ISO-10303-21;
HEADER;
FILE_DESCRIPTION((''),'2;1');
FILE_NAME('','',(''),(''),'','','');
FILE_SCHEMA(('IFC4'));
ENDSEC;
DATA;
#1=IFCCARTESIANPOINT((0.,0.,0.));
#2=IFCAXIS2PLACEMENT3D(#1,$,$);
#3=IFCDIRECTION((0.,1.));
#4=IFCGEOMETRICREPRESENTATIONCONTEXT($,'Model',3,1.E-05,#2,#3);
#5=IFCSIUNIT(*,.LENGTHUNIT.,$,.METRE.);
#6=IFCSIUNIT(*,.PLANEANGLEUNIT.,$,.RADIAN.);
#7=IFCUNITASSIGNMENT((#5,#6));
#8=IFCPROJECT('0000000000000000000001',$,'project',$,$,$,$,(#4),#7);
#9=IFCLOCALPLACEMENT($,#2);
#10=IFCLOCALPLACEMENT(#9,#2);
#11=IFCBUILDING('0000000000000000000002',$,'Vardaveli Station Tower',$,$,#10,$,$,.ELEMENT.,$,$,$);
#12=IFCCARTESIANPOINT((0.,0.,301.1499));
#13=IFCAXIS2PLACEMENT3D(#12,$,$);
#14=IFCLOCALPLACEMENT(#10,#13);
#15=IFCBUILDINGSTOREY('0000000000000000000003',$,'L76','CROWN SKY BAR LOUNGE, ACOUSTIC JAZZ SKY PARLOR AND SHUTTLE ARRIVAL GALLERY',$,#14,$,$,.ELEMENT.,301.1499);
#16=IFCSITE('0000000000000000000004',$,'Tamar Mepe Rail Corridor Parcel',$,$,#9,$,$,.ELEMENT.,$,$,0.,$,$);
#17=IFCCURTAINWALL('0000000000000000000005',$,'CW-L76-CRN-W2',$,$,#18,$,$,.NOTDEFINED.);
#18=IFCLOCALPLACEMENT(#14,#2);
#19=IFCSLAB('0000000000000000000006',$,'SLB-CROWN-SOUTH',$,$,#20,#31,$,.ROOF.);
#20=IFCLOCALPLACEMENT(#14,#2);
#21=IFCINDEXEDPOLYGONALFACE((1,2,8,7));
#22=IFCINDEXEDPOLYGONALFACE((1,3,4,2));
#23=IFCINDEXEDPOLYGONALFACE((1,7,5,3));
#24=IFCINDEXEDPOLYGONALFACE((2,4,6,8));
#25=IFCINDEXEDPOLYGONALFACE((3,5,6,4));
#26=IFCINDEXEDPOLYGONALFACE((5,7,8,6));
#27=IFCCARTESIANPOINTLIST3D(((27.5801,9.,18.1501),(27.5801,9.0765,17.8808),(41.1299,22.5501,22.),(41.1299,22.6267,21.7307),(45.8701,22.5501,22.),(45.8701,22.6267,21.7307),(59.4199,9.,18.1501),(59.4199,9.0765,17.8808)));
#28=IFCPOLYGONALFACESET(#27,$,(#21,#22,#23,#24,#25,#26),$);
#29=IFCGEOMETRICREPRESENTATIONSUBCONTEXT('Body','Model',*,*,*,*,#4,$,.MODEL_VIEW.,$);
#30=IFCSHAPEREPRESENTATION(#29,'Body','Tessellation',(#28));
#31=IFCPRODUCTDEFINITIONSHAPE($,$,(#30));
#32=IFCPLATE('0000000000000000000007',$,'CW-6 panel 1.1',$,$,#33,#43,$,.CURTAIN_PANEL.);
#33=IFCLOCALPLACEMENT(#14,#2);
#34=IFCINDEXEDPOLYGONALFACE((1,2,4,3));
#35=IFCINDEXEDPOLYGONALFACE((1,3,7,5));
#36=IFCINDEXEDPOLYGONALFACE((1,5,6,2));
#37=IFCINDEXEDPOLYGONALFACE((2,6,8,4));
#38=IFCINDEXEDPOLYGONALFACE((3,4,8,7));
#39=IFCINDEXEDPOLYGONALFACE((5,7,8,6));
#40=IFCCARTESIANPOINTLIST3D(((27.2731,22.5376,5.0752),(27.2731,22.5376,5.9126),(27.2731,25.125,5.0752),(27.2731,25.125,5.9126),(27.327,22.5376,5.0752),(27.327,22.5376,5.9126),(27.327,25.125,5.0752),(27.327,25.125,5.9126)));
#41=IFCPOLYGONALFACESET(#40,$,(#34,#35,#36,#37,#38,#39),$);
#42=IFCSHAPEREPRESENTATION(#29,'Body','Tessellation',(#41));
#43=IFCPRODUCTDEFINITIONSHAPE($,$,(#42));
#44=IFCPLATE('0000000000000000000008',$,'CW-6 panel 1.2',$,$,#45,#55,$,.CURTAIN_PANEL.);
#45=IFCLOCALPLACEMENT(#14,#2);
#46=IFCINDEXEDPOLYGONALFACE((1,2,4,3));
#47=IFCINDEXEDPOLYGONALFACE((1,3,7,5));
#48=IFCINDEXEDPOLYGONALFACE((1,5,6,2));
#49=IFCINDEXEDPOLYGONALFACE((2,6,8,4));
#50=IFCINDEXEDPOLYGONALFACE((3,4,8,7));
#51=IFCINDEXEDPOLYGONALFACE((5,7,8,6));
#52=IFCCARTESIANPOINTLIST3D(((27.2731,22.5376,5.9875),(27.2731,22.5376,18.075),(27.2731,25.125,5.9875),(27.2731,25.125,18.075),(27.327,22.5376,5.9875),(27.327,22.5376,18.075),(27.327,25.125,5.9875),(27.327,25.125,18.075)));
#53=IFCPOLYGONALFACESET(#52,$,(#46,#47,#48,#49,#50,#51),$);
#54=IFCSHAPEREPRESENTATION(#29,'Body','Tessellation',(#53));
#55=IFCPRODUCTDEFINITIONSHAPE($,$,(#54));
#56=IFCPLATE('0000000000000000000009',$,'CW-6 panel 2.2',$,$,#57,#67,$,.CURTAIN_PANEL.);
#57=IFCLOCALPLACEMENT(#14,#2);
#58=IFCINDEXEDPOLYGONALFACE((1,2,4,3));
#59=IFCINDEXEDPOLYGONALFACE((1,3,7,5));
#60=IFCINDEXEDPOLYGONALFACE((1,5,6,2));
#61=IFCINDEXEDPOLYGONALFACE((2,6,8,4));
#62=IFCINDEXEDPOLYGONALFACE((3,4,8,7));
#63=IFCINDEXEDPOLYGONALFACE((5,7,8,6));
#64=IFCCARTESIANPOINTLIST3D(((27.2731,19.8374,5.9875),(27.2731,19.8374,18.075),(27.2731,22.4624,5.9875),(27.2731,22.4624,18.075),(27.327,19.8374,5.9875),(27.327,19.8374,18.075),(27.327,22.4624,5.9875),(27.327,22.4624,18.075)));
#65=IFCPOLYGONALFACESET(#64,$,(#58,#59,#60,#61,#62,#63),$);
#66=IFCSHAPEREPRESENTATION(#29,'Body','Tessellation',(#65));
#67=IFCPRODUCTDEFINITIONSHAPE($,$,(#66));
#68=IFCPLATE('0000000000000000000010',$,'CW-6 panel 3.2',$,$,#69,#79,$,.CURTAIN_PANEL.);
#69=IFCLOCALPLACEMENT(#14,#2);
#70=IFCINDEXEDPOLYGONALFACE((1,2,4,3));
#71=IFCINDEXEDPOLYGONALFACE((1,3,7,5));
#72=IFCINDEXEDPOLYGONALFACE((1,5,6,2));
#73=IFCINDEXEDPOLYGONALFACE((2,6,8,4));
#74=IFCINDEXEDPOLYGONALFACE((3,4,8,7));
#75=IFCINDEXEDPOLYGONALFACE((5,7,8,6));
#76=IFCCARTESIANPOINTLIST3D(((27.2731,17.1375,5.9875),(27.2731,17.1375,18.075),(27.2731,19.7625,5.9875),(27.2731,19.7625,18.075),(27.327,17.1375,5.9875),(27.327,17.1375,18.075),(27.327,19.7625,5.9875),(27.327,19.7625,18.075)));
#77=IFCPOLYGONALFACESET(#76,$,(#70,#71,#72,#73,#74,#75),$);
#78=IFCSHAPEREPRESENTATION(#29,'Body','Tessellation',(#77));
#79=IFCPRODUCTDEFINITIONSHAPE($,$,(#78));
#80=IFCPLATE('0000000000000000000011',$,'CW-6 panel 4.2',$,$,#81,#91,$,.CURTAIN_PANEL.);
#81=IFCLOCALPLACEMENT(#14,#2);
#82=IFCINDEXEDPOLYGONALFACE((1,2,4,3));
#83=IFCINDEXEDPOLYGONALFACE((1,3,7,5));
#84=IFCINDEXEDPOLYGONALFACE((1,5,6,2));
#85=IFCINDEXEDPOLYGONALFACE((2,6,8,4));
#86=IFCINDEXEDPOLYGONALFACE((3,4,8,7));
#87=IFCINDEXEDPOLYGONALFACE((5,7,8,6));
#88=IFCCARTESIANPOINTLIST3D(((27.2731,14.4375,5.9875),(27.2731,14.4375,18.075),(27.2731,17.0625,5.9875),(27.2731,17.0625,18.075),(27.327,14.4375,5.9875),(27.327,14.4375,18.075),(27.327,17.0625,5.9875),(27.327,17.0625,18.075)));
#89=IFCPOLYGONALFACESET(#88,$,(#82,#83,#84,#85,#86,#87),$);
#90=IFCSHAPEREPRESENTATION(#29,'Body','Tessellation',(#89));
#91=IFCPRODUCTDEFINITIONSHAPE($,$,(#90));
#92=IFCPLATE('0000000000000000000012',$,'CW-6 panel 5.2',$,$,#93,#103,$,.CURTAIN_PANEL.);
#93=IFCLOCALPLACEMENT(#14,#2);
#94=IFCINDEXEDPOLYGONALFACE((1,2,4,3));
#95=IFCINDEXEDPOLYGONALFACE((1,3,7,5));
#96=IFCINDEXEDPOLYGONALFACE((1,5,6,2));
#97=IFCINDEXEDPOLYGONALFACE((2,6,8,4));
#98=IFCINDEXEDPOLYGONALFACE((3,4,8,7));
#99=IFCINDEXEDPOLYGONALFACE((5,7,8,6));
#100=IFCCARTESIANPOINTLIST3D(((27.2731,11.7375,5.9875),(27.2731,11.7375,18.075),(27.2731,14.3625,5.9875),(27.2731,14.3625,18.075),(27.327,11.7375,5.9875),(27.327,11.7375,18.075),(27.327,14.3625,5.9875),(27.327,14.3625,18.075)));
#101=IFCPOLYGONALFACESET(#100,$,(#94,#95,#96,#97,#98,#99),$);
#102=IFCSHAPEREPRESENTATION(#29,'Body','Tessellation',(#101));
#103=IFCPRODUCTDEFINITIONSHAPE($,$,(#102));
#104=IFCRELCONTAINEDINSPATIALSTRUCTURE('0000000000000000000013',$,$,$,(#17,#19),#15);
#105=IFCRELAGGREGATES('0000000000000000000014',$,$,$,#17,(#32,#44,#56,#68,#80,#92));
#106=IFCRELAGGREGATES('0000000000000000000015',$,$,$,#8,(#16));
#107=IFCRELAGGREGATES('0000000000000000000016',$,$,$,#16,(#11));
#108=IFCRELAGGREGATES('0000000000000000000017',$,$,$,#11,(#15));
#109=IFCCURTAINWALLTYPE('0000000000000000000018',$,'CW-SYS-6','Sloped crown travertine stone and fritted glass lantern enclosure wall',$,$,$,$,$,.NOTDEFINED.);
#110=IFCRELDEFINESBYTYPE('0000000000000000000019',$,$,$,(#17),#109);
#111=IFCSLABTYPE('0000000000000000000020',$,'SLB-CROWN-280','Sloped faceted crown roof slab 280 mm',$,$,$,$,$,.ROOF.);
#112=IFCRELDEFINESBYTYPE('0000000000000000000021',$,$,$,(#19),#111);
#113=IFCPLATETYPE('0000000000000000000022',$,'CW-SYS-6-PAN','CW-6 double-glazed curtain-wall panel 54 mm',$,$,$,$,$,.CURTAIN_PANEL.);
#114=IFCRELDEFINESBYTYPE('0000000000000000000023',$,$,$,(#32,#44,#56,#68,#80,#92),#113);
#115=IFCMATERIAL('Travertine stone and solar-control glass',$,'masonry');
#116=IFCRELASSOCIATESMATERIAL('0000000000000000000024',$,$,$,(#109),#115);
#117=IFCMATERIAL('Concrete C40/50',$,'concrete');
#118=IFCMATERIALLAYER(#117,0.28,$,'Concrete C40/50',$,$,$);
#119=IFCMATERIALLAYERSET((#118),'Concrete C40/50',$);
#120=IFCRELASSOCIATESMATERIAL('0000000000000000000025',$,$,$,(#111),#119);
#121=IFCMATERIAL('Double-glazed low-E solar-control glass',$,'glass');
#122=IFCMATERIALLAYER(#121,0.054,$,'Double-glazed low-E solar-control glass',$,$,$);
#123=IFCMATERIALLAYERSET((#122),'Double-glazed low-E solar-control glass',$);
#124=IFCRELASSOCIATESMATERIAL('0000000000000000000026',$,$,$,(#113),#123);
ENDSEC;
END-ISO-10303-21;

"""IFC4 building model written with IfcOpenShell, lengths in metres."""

from ifc_helpers import new_model, si_unit, direction, frame, origin, origin_2d, place, context, subcontext, project, spatial, polyline, rectangle, outline, extrude, source, transform, mapped, material, layer, layer_set, type_object, element, aggregate, save


model = new_model("IFC4")

# Units and contexts
model_context = context("Model", 3, precision=1e-05, world=origin(), true_north=direction((0.0, 1.0)))
body_context = subcontext(model_context, "Body", "Model", "MODEL_VIEW")
ifc_project = project(units=[si_unit("LENGTHUNIT", "METRE"), si_unit("PLANEANGLEUNIT", "RADIAN")], contexts=[model_context])

# Site, building, storey
site_placement = place(None, origin())
site = spatial("IfcSite", under=ifc_project, at=site_placement, Name="Tamar Mepe Rail Corridor Parcel", CompositionType="ELEMENT", RefElevation=0.0)
building_placement = place(site_placement, origin())
building = spatial("IfcBuilding", under=site, at=building_placement, Name="Vardaveli Station Tower", CompositionType="ELEMENT")
storey_placement = place(building_placement, frame((0.0, 0.0, 301.1499)))
storey = spatial("IfcBuildingStorey", under=building, at=storey_placement, Name="L76", Description="CROWN SKY BAR LOUNGE, ACOUSTIC JAZZ SKY PARLOR AND SHUTTLE ARRIVAL GALLERY", CompositionType="ELEMENT", Elevation=301.1499)

# Curtain wall
ifc_material_1 = material(Name="Travertine stone and solar-control glass", Category="masonry")
curtain_wall_type = type_object("IfcCurtainWallType", Name="CW-SYS-6", Description="Sloped crown travertine stone and fritted glass lantern enclosure wall", PredefinedType="NOTDEFINED", material=ifc_material_1)
curtain_wall_1_placement = place(storey_placement, origin())
curtain_wall_1 = element("IfcCurtainWall", 1, at=curtain_wall_1_placement, inside=storey, type_object=curtain_wall_type, Name="CW-L76-CRN-W2", PredefinedType="NOTDEFINED")

# Slab
ifc_material_2 = material(Name="Concrete C40/50", Category="concrete")
ifc_layer_1 = layer(ifc_material_2, 0.28, Name="Concrete C40/50")
ifc_layer_set_1 = layer_set([ifc_layer_1], Name="Concrete C40/50")
slab_type = type_object("IfcSlabType", Name="SLB-CROWN-280", Description="Sloped faceted crown roof slab 280 mm", PredefinedType="ROOF", material=ifc_layer_set_1)
slab_placement = place(storey_placement, frame((27.5801, 9.0, 18.1501), z_axis=(0.0, -0.273304, 0.961928), x_axis=(1.0, 0.0, 0.0)))
element("IfcSlab", 2, at=slab_placement, inside=storey, type_object=slab_type, Name="SLB-CROWN-SOUTH", PredefinedType="ROOF", context=body_context, shape_type="SweptSolid", body=[
    extrude(outline(polyline([(0.0, 0.0), (31.8398, 0.0), (18.29, 14.0864), (13.5498, 14.0864), (0.0, 0.0)])), origin(), (0.0, 0.0, -1.0), 0.28),
])

# Plates
ifc_material_3 = material(Name="Double-glazed low-E solar-control glass", Category="glass")
ifc_layer_2 = layer(ifc_material_3, 0.054, Name="Double-glazed low-E solar-control glass")
ifc_layer_set_2 = layer_set([ifc_layer_2], Name="Double-glazed low-E solar-control glass")
plate_type = type_object("IfcPlateType", Name="CW-SYS-6-PAN", Description="CW-6 double-glazed curtain-wall panel 54 mm", PredefinedType="CURTAIN_PANEL", material=ifc_layer_set_2)
shared_shape_1 = source(origin(), body_context, "Body", "SweptSolid", [
    extrude(rectangle(XDim=2.5874, YDim=0.054, at=origin_2d()), origin(), (0.0, 0.0, 1.0), 0.8374),
])
plate_1_placement = place(storey_placement, frame((27.3, 23.8313, 5.0752), z_axis=(0.0, 0.0, 1.0), x_axis=(0.0, -1.0, 0.0)))
plate_1 = element("IfcPlate", 3, at=plate_1_placement, type_object=plate_type, Name="CW-6 panel 1.1", PredefinedType="CURTAIN_PANEL", context=body_context, shape_type="MappedRepresentation", body=[
    mapped(shared_shape_1, transform((0.0, 0.0, 0.0), scale=1.0)),
])
shared_shape_2 = source(origin(), body_context, "Body", "SweptSolid", [
    extrude(rectangle(XDim=2.5874, YDim=0.054, at=origin_2d()), origin(), (0.0, 0.0, 1.0), 12.0874),
])
plate_2_placement = place(storey_placement, frame((27.3, 23.8313, 5.9875), z_axis=(0.0, 0.0, 1.0), x_axis=(0.0, -1.0, 0.0)))
plate_2 = element("IfcPlate", 4, at=plate_2_placement, type_object=plate_type, Name="CW-6 panel 1.2", PredefinedType="CURTAIN_PANEL", context=body_context, shape_type="MappedRepresentation", body=[
    mapped(shared_shape_2, transform((0.0, 0.0, 0.0), scale=1.0)),
])
shared_shape_3 = source(origin(), body_context, "Body", "SweptSolid", [
    extrude(rectangle(XDim=2.625, YDim=0.054, at=origin_2d()), origin(), (0.0, 0.0, 1.0), 12.0874),
])
plate_3_placement = place(storey_placement, frame((27.3, 21.1499, 5.9875), z_axis=(0.0, 0.0, 1.0), x_axis=(0.0, -1.0, 0.0)))
plate_3 = element("IfcPlate", 5, at=plate_3_placement, type_object=plate_type, Name="CW-6 panel 2.2", PredefinedType="CURTAIN_PANEL", context=body_context, shape_type="MappedRepresentation", body=[
    mapped(shared_shape_3, transform((0.0, 0.0, 0.0), scale=1.0)),
])
plate_4_placement = place(storey_placement, frame((27.3, 18.45, 5.9875), z_axis=(0.0, 0.0, 1.0), x_axis=(0.0, -1.0, 0.0)))
plate_4 = element("IfcPlate", 6, at=plate_4_placement, type_object=plate_type, Name="CW-6 panel 3.2", PredefinedType="CURTAIN_PANEL", context=body_context, shape_type="MappedRepresentation", body=[
    mapped(shared_shape_3, transform((0.0, 0.0, 0.0), scale=1.0)),
])
plate_5_placement = place(storey_placement, frame((27.3, 15.75, 5.9875), z_axis=(0.0, 0.0, 1.0), x_axis=(0.0, -1.0, 0.0)))
plate_5 = element("IfcPlate", 7, at=plate_5_placement, type_object=plate_type, Name="CW-6 panel 4.2", PredefinedType="CURTAIN_PANEL", context=body_context, shape_type="MappedRepresentation", body=[
    mapped(shared_shape_3, transform((0.0, 0.0, 0.0), scale=1.0)),
])
plate_6_placement = place(storey_placement, frame((27.3, 13.05, 5.9875), z_axis=(0.0, 0.0, 1.0), x_axis=(0.0, -1.0, 0.0)))
plate_6 = element("IfcPlate", 8, at=plate_6_placement, type_object=plate_type, Name="CW-6 panel 5.2", PredefinedType="CURTAIN_PANEL", context=body_context, shape_type="MappedRepresentation", body=[
    mapped(shared_shape_3, transform((0.0, 0.0, 0.0), scale=1.0)),
])
aggregate(curtain_wall_1, [plate_1, plate_2, plate_3, plate_4, plate_5, plate_6])

save(model, "model.ifc")
